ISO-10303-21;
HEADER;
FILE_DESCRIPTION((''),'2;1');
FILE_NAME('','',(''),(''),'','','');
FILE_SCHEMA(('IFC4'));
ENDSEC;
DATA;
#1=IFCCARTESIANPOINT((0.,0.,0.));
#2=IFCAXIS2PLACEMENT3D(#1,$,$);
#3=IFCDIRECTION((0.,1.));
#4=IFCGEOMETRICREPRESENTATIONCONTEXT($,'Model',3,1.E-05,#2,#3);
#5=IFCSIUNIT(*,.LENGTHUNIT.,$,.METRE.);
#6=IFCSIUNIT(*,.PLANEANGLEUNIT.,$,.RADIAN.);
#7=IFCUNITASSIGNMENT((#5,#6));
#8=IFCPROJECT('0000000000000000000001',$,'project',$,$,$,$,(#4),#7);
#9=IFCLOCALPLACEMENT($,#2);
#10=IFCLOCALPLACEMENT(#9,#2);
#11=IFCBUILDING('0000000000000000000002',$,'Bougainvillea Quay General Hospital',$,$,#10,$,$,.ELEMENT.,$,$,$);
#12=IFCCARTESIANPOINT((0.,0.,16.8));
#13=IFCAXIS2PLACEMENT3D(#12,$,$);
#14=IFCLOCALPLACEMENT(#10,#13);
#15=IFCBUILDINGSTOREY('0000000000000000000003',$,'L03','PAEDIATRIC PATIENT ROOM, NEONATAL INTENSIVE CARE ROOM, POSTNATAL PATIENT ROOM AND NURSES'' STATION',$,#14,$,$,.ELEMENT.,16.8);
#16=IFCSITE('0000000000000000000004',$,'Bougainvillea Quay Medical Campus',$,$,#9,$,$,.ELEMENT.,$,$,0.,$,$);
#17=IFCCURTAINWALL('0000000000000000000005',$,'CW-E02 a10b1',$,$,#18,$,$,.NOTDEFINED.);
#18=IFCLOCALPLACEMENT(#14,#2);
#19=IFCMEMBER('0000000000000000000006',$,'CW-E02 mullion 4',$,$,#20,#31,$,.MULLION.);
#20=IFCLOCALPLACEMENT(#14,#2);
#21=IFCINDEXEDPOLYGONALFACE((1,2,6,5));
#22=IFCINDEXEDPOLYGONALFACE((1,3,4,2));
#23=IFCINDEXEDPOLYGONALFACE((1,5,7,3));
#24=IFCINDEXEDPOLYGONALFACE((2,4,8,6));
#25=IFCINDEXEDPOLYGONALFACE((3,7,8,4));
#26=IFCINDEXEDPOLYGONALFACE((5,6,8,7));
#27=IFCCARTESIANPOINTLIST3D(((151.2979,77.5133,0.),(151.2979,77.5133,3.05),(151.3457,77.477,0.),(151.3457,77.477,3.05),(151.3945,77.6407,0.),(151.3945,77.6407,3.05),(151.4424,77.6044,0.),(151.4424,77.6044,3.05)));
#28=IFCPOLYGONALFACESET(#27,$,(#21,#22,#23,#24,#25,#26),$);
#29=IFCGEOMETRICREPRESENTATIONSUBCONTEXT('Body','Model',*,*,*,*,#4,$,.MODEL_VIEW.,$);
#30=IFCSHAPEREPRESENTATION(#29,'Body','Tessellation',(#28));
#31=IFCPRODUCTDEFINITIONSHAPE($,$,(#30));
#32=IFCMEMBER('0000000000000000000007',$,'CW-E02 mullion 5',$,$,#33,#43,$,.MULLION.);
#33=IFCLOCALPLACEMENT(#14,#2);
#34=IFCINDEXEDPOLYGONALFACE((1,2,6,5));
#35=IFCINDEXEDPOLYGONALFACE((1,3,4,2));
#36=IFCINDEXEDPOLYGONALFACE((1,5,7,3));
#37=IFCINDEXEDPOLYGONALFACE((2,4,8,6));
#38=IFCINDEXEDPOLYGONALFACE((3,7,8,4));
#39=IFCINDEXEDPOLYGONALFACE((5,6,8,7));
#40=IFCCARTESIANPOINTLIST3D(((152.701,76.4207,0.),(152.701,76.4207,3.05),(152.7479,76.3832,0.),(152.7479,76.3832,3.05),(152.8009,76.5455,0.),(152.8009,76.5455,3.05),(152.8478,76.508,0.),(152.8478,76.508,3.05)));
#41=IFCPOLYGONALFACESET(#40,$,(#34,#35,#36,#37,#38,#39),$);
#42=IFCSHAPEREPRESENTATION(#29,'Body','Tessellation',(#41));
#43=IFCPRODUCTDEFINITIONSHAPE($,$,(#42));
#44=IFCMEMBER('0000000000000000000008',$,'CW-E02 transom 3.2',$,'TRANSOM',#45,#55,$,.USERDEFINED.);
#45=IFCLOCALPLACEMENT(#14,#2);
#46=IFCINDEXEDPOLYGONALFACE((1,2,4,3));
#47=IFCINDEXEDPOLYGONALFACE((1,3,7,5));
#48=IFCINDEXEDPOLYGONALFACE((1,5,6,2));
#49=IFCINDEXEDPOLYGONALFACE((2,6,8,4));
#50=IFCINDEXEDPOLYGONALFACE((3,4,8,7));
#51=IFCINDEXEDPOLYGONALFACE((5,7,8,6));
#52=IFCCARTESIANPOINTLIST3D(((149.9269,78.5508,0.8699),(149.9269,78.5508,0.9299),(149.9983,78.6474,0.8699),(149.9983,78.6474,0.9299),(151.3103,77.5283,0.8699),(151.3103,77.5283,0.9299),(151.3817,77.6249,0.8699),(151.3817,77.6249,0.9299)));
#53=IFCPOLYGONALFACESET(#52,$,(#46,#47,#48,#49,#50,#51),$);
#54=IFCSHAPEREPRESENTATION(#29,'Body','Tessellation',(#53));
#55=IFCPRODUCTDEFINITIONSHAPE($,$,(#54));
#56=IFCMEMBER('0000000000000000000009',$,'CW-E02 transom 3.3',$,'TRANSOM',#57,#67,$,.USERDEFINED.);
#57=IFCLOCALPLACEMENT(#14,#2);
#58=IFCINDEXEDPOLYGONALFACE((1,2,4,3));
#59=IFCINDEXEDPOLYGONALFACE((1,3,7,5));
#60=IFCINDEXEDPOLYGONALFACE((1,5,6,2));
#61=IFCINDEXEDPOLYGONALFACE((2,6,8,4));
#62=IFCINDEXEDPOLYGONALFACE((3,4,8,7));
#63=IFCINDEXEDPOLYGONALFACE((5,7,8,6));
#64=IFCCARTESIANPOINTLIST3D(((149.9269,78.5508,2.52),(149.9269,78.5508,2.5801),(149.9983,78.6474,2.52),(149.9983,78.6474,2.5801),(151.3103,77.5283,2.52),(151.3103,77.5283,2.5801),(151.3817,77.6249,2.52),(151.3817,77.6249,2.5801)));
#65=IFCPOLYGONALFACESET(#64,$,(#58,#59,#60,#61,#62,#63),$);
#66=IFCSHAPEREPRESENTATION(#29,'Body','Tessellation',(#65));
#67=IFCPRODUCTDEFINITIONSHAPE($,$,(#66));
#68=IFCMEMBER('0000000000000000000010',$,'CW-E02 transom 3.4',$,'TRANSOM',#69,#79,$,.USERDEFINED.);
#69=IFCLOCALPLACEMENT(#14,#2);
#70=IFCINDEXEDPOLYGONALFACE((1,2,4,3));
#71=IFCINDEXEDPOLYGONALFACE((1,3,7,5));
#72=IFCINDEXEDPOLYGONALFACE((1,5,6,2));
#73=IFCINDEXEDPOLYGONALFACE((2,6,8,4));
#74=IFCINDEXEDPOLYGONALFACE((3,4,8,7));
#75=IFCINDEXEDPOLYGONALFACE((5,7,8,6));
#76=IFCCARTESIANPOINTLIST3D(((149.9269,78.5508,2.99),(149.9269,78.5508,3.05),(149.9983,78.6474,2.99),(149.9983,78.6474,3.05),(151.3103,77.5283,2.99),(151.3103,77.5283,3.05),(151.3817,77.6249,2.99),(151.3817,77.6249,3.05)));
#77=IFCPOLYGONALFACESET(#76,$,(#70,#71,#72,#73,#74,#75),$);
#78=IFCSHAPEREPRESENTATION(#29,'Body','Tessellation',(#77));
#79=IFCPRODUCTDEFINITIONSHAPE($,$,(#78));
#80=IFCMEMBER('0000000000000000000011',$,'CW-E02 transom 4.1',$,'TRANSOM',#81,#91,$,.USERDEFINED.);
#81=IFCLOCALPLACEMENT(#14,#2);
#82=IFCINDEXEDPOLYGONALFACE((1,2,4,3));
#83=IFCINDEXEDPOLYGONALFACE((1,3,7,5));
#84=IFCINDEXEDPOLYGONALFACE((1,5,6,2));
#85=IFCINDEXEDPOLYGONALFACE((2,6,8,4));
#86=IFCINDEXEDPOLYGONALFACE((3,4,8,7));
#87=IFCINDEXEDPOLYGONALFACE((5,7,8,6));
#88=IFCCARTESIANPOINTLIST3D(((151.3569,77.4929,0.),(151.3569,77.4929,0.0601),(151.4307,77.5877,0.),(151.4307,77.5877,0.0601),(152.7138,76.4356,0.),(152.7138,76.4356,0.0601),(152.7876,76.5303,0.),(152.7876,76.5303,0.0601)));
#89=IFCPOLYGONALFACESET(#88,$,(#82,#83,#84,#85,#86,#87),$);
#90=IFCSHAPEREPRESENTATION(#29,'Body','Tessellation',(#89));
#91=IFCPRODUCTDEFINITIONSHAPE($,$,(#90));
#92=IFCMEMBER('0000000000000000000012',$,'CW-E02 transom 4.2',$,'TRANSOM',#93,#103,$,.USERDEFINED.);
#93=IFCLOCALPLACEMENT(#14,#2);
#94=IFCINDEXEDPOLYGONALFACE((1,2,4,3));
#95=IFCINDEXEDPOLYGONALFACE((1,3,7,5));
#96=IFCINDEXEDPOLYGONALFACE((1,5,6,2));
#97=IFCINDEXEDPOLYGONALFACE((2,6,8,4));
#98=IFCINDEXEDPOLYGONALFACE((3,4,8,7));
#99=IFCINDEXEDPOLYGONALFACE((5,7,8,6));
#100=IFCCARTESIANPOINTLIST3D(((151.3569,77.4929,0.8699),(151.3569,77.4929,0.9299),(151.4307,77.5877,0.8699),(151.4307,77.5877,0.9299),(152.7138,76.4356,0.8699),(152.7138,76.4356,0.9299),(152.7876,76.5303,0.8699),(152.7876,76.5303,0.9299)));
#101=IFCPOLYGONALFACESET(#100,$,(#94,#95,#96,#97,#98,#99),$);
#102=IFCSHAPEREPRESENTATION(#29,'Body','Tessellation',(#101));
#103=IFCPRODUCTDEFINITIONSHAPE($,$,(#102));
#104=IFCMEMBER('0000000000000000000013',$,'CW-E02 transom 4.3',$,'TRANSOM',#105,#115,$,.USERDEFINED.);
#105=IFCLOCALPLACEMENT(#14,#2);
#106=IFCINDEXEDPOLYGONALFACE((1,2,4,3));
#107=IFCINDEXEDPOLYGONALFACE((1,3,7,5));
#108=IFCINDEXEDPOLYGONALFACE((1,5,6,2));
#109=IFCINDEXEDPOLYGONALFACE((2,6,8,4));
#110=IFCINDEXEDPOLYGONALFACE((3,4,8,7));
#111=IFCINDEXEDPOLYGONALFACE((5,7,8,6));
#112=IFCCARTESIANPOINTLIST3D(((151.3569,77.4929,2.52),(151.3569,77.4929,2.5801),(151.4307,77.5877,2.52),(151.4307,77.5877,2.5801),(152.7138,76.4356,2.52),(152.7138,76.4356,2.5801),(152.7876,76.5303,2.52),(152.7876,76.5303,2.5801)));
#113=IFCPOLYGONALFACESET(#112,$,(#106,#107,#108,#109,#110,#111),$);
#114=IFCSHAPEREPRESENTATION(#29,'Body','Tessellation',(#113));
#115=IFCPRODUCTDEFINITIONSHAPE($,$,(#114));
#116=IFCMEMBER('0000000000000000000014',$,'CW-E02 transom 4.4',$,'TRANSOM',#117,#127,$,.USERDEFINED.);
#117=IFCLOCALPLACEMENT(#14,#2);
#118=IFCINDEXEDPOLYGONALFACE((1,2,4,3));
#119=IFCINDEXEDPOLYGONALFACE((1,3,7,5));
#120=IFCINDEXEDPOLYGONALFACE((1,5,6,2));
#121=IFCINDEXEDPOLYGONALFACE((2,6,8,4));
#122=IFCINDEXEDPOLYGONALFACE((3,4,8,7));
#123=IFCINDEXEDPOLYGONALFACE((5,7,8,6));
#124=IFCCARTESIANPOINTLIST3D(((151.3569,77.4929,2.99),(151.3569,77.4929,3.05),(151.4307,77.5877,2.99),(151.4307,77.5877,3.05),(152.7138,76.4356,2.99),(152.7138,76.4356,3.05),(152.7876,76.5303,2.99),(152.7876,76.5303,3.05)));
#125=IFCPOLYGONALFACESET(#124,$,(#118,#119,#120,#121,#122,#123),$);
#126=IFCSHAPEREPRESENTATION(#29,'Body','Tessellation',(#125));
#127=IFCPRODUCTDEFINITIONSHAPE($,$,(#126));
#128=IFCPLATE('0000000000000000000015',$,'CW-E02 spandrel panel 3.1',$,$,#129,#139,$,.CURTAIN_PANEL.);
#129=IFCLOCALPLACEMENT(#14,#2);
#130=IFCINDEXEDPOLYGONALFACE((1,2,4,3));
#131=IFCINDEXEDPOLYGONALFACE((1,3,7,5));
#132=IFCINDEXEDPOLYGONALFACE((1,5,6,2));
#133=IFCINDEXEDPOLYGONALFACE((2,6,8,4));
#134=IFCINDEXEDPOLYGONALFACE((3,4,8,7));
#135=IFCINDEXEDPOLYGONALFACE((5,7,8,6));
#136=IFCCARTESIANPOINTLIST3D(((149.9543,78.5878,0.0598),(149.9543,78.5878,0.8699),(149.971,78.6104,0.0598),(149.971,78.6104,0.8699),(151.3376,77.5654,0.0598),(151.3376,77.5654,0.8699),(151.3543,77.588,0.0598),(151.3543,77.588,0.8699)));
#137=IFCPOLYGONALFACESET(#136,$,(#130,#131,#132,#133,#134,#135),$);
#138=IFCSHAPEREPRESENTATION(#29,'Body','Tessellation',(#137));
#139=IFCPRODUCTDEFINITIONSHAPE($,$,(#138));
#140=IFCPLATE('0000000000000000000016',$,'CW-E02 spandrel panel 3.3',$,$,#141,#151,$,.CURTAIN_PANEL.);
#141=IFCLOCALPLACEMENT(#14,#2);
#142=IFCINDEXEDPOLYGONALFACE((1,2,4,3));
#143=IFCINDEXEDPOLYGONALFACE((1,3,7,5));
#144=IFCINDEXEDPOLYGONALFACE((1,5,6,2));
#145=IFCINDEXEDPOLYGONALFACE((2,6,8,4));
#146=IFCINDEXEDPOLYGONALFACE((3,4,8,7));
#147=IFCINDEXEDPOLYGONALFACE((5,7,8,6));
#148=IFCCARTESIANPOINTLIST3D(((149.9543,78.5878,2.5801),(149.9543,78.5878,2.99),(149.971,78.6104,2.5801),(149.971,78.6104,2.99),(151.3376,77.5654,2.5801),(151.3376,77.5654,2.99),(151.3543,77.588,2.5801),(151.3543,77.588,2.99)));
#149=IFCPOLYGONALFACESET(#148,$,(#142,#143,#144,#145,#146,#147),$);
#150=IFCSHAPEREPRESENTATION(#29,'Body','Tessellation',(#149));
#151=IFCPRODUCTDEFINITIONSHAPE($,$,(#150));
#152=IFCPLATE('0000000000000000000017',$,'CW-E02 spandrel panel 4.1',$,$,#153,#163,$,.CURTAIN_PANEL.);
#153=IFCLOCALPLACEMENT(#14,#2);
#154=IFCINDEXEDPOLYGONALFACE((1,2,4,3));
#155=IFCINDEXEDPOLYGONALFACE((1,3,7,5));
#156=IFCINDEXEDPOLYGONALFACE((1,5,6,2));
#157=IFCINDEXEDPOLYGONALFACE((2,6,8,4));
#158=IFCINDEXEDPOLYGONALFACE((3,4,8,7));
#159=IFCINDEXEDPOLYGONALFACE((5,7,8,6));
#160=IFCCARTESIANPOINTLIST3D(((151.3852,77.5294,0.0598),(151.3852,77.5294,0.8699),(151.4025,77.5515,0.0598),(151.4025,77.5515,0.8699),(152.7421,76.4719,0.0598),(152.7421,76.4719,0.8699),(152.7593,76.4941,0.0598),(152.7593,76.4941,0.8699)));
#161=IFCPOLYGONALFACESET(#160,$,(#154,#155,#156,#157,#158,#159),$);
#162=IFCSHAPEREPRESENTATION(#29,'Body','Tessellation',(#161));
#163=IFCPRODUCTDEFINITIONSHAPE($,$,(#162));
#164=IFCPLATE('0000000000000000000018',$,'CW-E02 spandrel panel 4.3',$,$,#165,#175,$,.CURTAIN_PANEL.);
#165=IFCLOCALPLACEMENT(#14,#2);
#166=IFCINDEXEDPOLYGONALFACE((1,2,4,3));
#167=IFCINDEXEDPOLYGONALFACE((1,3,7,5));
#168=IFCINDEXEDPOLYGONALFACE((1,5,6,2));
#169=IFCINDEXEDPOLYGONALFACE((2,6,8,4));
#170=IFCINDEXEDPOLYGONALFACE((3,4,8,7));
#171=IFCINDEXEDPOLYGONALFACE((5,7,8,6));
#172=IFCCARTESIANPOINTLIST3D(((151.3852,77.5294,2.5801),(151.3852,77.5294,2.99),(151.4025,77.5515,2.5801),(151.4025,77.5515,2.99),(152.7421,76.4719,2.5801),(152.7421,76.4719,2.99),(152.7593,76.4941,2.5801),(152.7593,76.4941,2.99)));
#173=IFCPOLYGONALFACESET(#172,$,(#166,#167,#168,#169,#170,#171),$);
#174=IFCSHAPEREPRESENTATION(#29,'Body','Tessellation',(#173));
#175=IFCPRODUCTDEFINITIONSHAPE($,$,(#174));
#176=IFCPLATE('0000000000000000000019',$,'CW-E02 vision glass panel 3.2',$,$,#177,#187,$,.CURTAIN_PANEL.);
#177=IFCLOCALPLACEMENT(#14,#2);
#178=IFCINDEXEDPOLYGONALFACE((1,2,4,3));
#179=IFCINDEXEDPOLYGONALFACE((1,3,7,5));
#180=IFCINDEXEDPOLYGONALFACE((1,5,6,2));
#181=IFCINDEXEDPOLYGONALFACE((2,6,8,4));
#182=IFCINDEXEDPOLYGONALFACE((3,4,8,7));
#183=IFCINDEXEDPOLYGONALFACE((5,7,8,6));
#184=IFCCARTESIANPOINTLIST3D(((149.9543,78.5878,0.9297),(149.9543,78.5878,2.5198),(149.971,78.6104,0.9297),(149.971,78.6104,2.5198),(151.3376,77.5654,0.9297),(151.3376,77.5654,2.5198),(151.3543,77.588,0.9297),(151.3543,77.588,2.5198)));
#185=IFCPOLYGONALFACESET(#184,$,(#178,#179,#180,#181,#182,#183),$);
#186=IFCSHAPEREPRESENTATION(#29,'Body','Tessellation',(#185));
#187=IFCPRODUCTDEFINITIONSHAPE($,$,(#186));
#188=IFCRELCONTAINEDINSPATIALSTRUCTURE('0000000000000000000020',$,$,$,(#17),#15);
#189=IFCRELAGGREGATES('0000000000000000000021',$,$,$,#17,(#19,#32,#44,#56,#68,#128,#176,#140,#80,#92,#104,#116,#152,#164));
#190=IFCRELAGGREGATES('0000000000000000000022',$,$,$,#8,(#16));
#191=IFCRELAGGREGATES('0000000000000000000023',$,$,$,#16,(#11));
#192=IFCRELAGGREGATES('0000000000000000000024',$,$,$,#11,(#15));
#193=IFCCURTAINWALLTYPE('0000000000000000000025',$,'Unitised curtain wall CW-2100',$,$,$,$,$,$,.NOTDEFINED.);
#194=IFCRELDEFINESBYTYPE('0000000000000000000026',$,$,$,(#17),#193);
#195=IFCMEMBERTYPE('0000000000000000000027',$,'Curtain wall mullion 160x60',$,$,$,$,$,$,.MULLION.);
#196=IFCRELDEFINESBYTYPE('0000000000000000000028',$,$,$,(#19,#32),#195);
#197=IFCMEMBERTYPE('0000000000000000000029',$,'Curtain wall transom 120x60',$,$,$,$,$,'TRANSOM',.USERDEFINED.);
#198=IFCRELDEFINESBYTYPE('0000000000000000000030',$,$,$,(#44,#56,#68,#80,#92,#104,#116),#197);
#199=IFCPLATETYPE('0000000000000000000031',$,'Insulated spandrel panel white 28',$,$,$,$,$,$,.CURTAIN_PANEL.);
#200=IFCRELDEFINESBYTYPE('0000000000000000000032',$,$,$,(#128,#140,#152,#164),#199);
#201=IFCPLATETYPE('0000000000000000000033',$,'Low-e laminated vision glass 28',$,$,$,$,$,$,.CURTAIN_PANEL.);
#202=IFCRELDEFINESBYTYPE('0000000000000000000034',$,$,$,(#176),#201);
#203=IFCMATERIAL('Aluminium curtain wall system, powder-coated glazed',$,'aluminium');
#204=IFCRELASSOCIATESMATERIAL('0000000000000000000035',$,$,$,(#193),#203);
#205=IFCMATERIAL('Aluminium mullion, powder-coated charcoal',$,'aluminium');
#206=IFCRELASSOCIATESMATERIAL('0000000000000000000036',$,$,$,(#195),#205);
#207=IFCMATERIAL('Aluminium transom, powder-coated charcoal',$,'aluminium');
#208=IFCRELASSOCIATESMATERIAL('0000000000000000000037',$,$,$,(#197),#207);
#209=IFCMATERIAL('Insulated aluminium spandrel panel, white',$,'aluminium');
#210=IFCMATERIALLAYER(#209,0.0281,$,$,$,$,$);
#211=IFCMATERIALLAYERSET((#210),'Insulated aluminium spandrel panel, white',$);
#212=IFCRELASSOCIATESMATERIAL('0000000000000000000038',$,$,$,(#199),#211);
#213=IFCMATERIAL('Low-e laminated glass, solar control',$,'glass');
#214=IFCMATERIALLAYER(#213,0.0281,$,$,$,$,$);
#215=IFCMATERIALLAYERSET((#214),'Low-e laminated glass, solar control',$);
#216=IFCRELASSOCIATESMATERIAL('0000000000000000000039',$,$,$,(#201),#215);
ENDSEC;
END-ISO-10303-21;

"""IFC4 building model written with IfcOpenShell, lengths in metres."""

from ifc_helpers import new_model, si_unit, direction, frame, origin, origin_2d, place, context, subcontext, project, spatial, rectangle, extrude, material, layer, layer_set, material_profile, profile_set, type_object, element, aggregate, save


model = new_model("IFC4")

# Units and contexts
model_context = context("Model", 3, precision=1e-05, world=origin(), true_north=direction((0.0, 1.0)))
body_context = subcontext(model_context, "Body", "Model", "MODEL_VIEW")
ifc_project = project(units=[si_unit("LENGTHUNIT", "METRE"), si_unit("PLANEANGLEUNIT", "RADIAN")], contexts=[model_context])

# Site, building, storey
site_placement = place(None, origin())
site = spatial("IfcSite", under=ifc_project, at=site_placement, Name="Bougainvillea Quay Medical Campus", CompositionType="ELEMENT", RefElevation=0.0)
building_placement = place(site_placement, origin())
building = spatial("IfcBuilding", under=site, at=building_placement, Name="Bougainvillea Quay General Hospital", CompositionType="ELEMENT")
storey_placement = place(building_placement, frame((0.0, 0.0, 16.8)))
storey = spatial("IfcBuildingStorey", under=building, at=storey_placement, Name="L03", Description="PAEDIATRIC PATIENT ROOM, NEONATAL INTENSIVE CARE ROOM, POSTNATAL PATIENT ROOM AND NURSES' STATION", CompositionType="ELEMENT", Elevation=16.8)

# Curtain wall, members, plates
ifc_material_1 = material(Name="Aluminium curtain wall system, powder-coated glazed", Category="aluminium")
curtain_wall_type = type_object("IfcCurtainWallType", Name="Unitised curtain wall CW-2100", PredefinedType="NOTDEFINED", material=ifc_material_1)
curtain_wall_placement = place(storey_placement, origin())
curtain_wall = element("IfcCurtainWall", 1, at=curtain_wall_placement, inside=storey, type_object=curtain_wall_type, Name="CW-E02 a10b1", PredefinedType="NOTDEFINED")
ifc_material_2 = material(Name="Aluminium mullion, powder-coated charcoal", Category="aluminium")
ifc_material_profile_1 = material_profile(ifc_material_2, rectangle(XDim=0.1599, YDim=0.0601, at=origin_2d()))
ifc_profile_set_1 = profile_set([ifc_material_profile_1], Name="Aluminium mullion, powder-coated charcoal")
member_type_1 = type_object("IfcMemberType", Name="Curtain wall mullion 160x60", PredefinedType="MULLION", material=ifc_profile_set_1)
member_1_placement = place(storey_placement, frame((151.3701, 77.5588, 0.0), z_axis=(0.0, 0.0, 1.0), x_axis=(0.604588, 0.796538, 0.0)))
member_1 = element("IfcMember", 2, at=member_1_placement, type_object=member_type_1, Name="CW-E02 mullion 4", PredefinedType="MULLION", context=body_context, shape_type="SweptSolid", body=[
    extrude(rectangle(XDim=0.1599, YDim=0.0601, at=origin_2d()), origin(), (0.0, 0.0, 1.0), 3.05),
])
member_2_placement = place(storey_placement, frame((152.7744, 76.4644, 0.0), z_axis=(0.0, 0.0, 1.0), x_axis=(0.624719, 0.780849, 0.0)))
member_2 = element("IfcMember", 3, at=member_2_placement, type_object=member_type_1, Name="CW-E02 mullion 5", PredefinedType="MULLION", context=body_context, shape_type="SweptSolid", body=[
    extrude(rectangle(XDim=0.1599, YDim=0.0601, at=origin_2d()), origin(), (0.0, 0.0, 1.0), 3.05),
])
ifc_material_3 = material(Name="Aluminium transom, powder-coated charcoal", Category="aluminium")
ifc_material_profile_2 = material_profile(ifc_material_3, rectangle(XDim=0.1201, YDim=0.0601, at=origin_2d()))
ifc_profile_set_2 = profile_set([ifc_material_profile_2], Name="Aluminium transom, powder-coated charcoal")
member_type_2 = type_object("IfcMemberType", Name="Curtain wall transom 120x60", ElementType="TRANSOM", PredefinedType="USERDEFINED", material=ifc_profile_set_2)
member_3_placement = place(storey_placement, frame((149.9626, 78.5991, 0.8999), z_axis=(0.80417, -0.594399, 0.0), x_axis=(0.594399, 0.80417, 0.0)))
member_3 = element("IfcMember", 4, at=member_3_placement, type_object=member_type_2, Name="CW-E02 transom 3.2", ObjectType="TRANSOM", PredefinedType="USERDEFINED", context=body_context, shape_type="SweptSolid", body=[
    extrude(rectangle(XDim=0.1201, YDim=0.0601, at=origin_2d()), origin(), (0.0, 0.0, 1.0), 1.7202),
])
member_4_placement = place(storey_placement, frame((149.9626, 78.5991, 2.55), z_axis=(0.80417, -0.594399, 0.0), x_axis=(0.594399, 0.80417, 0.0)))
member_4 = element("IfcMember", 5, at=member_4_placement, type_object=member_type_2, Name="CW-E02 transom 3.3", ObjectType="TRANSOM", PredefinedType="USERDEFINED", context=body_context, shape_type="SweptSolid", body=[
    extrude(rectangle(XDim=0.1201, YDim=0.0601, at=origin_2d()), origin(), (0.0, 0.0, 1.0), 1.7202),
])
member_5_placement = place(storey_placement, frame((149.9626, 78.5991, 3.02), z_axis=(0.80417, -0.594399, 0.0), x_axis=(0.594399, 0.80417, 0.0)))
member_5 = element("IfcMember", 6, at=member_5_placement, type_object=member_type_2, Name="CW-E02 transom 3.4", ObjectType="TRANSOM", PredefinedType="USERDEFINED", context=body_context, shape_type="SweptSolid", body=[
    extrude(rectangle(XDim=0.1201, YDim=0.0601, at=origin_2d()), origin(), (0.0, 0.0, 1.0), 1.7202),
])
member_6_placement = place(storey_placement, frame((151.3938, 77.5403, 0.03), z_axis=(0.788794, -0.614658, 0.0), x_axis=(0.614658, 0.788794, 0.0)))
member_6 = element("IfcMember", 7, at=member_6_placement, type_object=member_type_2, Name="CW-E02 transom 4.1", ObjectType="TRANSOM", PredefinedType="USERDEFINED", context=body_context, shape_type="SweptSolid", body=[
    extrude(rectangle(XDim=0.1201, YDim=0.0601, at=origin_2d()), origin(), (0.0, 0.0, 1.0), 1.7202),
])
member_7_placement = place(storey_placement, frame((151.3938, 77.5403, 0.8999), z_axis=(0.788794, -0.614658, 0.0), x_axis=(0.614658, 0.788794, 0.0)))
member_7 = element("IfcMember", 8, at=member_7_placement, type_object=member_type_2, Name="CW-E02 transom 4.2", ObjectType="TRANSOM", PredefinedType="USERDEFINED", context=body_context, shape_type="SweptSolid", body=[
    extrude(rectangle(XDim=0.1201, YDim=0.0601, at=origin_2d()), origin(), (0.0, 0.0, 1.0), 1.7202),
])
member_8_placement = place(storey_placement, frame((151.3938, 77.5403, 2.55), z_axis=(0.788794, -0.614658, 0.0), x_axis=(0.614658, 0.788794, 0.0)))
member_8 = element("IfcMember", 9, at=member_8_placement, type_object=member_type_2, Name="CW-E02 transom 4.3", ObjectType="TRANSOM", PredefinedType="USERDEFINED", context=body_context, shape_type="SweptSolid", body=[
    extrude(rectangle(XDim=0.1201, YDim=0.0601, at=origin_2d()), origin(), (0.0, 0.0, 1.0), 1.7202),
])
member_9_placement = place(storey_placement, frame((151.3938, 77.5403, 3.02), z_axis=(0.788794, -0.614658, 0.0), x_axis=(0.614658, 0.788794, 0.0)))
member_9 = element("IfcMember", 10, at=member_9_placement, type_object=member_type_2, Name="CW-E02 transom 4.4", ObjectType="TRANSOM", PredefinedType="USERDEFINED", context=body_context, shape_type="SweptSolid", body=[
    extrude(rectangle(XDim=0.1201, YDim=0.0601, at=origin_2d()), origin(), (0.0, 0.0, 1.0), 1.7202),
])
ifc_material_4 = material(Name="Insulated aluminium spandrel panel, white", Category="aluminium")
ifc_layer_1 = layer(ifc_material_4, 0.0281)
ifc_layer_set_1 = layer_set([ifc_layer_1], Name="Insulated aluminium spandrel panel, white")
plate_type_1 = type_object("IfcPlateType", Name="Insulated spandrel panel white 28", PredefinedType="CURTAIN_PANEL", material=ifc_layer_set_1)
plate_1_placement = place(storey_placement, frame((150.6543, 78.0879, 0.0598), z_axis=(0.0, 0.0, 1.0), x_axis=(0.804189, -0.594374, 0.0)))
plate_1 = element("IfcPlate", 11, at=plate_1_placement, type_object=plate_type_1, Name="CW-E02 spandrel panel 3.1", PredefinedType="CURTAIN_PANEL", context=body_context, shape_type="SweptSolid", body=[
    extrude(rectangle(XDim=1.7202, YDim=0.0281, at=origin_2d()), origin(), (0.0, 0.0, 1.0), 0.8101),
])
plate_2_placement = place(storey_placement, frame((150.6543, 78.0879, 2.5801), z_axis=(0.0, 0.0, 1.0), x_axis=(0.804189, -0.594374, 0.0)))
plate_2 = element("IfcPlate", 12, at=plate_2_placement, type_object=plate_type_1, Name="CW-E02 spandrel panel 3.3", PredefinedType="CURTAIN_PANEL", context=body_context, shape_type="SweptSolid", body=[
    extrude(rectangle(XDim=1.7202, YDim=0.0281, at=origin_2d()), origin(), (0.0, 0.0, 1.0), 0.4099),
])
plate_3_placement = place(storey_placement, frame((152.0723, 77.0117, 0.0598), z_axis=(0.0, 0.0, 1.0), x_axis=(0.788758, -0.614704, 0.0)))
plate_3 = element("IfcPlate", 13, at=plate_3_placement, type_object=plate_type_1, Name="CW-E02 spandrel panel 4.1", PredefinedType="CURTAIN_PANEL", context=body_context, shape_type="SweptSolid", body=[
    extrude(rectangle(XDim=1.7202, YDim=0.0281, at=origin_2d()), origin(), (0.0, 0.0, 1.0), 0.8101),
])
plate_4_placement = place(storey_placement, frame((152.0723, 77.0117, 2.5801), z_axis=(0.0, 0.0, 1.0), x_axis=(0.788758, -0.614704, 0.0)))
plate_4 = element("IfcPlate", 14, at=plate_4_placement, type_object=plate_type_1, Name="CW-E02 spandrel panel 4.3", PredefinedType="CURTAIN_PANEL", context=body_context, shape_type="SweptSolid", body=[
    extrude(rectangle(XDim=1.7202, YDim=0.0281, at=origin_2d()), origin(), (0.0, 0.0, 1.0), 0.4099),
])
ifc_material_5 = material(Name="Low-e laminated glass, solar control", Category="glass")
ifc_layer_2 = layer(ifc_material_5, 0.0281)
ifc_layer_set_2 = layer_set([ifc_layer_2], Name="Low-e laminated glass, solar control")
plate_type_2 = type_object("IfcPlateType", Name="Low-e laminated vision glass 28", PredefinedType="CURTAIN_PANEL", material=ifc_layer_set_2)
plate_5_placement = place(storey_placement, frame((150.6543, 78.0879, 0.9297), z_axis=(0.0, 0.0, 1.0), x_axis=(0.804189, -0.594374, 0.0)))
plate_5 = element("IfcPlate", 15, at=plate_5_placement, type_object=plate_type_2, Name="CW-E02 vision glass panel 3.2", PredefinedType="CURTAIN_PANEL", context=body_context, shape_type="SweptSolid", body=[
    extrude(rectangle(XDim=1.7202, YDim=0.0281, at=origin_2d()), origin(), (0.0, 0.0, 1.0), 1.5901),
])
aggregate(curtain_wall, [member_1, member_2, member_3, member_4, member_5, plate_1, plate_5, plate_2, member_6, member_7, member_8, member_9, plate_3, plate_4])

save(model, "model.ifc")
